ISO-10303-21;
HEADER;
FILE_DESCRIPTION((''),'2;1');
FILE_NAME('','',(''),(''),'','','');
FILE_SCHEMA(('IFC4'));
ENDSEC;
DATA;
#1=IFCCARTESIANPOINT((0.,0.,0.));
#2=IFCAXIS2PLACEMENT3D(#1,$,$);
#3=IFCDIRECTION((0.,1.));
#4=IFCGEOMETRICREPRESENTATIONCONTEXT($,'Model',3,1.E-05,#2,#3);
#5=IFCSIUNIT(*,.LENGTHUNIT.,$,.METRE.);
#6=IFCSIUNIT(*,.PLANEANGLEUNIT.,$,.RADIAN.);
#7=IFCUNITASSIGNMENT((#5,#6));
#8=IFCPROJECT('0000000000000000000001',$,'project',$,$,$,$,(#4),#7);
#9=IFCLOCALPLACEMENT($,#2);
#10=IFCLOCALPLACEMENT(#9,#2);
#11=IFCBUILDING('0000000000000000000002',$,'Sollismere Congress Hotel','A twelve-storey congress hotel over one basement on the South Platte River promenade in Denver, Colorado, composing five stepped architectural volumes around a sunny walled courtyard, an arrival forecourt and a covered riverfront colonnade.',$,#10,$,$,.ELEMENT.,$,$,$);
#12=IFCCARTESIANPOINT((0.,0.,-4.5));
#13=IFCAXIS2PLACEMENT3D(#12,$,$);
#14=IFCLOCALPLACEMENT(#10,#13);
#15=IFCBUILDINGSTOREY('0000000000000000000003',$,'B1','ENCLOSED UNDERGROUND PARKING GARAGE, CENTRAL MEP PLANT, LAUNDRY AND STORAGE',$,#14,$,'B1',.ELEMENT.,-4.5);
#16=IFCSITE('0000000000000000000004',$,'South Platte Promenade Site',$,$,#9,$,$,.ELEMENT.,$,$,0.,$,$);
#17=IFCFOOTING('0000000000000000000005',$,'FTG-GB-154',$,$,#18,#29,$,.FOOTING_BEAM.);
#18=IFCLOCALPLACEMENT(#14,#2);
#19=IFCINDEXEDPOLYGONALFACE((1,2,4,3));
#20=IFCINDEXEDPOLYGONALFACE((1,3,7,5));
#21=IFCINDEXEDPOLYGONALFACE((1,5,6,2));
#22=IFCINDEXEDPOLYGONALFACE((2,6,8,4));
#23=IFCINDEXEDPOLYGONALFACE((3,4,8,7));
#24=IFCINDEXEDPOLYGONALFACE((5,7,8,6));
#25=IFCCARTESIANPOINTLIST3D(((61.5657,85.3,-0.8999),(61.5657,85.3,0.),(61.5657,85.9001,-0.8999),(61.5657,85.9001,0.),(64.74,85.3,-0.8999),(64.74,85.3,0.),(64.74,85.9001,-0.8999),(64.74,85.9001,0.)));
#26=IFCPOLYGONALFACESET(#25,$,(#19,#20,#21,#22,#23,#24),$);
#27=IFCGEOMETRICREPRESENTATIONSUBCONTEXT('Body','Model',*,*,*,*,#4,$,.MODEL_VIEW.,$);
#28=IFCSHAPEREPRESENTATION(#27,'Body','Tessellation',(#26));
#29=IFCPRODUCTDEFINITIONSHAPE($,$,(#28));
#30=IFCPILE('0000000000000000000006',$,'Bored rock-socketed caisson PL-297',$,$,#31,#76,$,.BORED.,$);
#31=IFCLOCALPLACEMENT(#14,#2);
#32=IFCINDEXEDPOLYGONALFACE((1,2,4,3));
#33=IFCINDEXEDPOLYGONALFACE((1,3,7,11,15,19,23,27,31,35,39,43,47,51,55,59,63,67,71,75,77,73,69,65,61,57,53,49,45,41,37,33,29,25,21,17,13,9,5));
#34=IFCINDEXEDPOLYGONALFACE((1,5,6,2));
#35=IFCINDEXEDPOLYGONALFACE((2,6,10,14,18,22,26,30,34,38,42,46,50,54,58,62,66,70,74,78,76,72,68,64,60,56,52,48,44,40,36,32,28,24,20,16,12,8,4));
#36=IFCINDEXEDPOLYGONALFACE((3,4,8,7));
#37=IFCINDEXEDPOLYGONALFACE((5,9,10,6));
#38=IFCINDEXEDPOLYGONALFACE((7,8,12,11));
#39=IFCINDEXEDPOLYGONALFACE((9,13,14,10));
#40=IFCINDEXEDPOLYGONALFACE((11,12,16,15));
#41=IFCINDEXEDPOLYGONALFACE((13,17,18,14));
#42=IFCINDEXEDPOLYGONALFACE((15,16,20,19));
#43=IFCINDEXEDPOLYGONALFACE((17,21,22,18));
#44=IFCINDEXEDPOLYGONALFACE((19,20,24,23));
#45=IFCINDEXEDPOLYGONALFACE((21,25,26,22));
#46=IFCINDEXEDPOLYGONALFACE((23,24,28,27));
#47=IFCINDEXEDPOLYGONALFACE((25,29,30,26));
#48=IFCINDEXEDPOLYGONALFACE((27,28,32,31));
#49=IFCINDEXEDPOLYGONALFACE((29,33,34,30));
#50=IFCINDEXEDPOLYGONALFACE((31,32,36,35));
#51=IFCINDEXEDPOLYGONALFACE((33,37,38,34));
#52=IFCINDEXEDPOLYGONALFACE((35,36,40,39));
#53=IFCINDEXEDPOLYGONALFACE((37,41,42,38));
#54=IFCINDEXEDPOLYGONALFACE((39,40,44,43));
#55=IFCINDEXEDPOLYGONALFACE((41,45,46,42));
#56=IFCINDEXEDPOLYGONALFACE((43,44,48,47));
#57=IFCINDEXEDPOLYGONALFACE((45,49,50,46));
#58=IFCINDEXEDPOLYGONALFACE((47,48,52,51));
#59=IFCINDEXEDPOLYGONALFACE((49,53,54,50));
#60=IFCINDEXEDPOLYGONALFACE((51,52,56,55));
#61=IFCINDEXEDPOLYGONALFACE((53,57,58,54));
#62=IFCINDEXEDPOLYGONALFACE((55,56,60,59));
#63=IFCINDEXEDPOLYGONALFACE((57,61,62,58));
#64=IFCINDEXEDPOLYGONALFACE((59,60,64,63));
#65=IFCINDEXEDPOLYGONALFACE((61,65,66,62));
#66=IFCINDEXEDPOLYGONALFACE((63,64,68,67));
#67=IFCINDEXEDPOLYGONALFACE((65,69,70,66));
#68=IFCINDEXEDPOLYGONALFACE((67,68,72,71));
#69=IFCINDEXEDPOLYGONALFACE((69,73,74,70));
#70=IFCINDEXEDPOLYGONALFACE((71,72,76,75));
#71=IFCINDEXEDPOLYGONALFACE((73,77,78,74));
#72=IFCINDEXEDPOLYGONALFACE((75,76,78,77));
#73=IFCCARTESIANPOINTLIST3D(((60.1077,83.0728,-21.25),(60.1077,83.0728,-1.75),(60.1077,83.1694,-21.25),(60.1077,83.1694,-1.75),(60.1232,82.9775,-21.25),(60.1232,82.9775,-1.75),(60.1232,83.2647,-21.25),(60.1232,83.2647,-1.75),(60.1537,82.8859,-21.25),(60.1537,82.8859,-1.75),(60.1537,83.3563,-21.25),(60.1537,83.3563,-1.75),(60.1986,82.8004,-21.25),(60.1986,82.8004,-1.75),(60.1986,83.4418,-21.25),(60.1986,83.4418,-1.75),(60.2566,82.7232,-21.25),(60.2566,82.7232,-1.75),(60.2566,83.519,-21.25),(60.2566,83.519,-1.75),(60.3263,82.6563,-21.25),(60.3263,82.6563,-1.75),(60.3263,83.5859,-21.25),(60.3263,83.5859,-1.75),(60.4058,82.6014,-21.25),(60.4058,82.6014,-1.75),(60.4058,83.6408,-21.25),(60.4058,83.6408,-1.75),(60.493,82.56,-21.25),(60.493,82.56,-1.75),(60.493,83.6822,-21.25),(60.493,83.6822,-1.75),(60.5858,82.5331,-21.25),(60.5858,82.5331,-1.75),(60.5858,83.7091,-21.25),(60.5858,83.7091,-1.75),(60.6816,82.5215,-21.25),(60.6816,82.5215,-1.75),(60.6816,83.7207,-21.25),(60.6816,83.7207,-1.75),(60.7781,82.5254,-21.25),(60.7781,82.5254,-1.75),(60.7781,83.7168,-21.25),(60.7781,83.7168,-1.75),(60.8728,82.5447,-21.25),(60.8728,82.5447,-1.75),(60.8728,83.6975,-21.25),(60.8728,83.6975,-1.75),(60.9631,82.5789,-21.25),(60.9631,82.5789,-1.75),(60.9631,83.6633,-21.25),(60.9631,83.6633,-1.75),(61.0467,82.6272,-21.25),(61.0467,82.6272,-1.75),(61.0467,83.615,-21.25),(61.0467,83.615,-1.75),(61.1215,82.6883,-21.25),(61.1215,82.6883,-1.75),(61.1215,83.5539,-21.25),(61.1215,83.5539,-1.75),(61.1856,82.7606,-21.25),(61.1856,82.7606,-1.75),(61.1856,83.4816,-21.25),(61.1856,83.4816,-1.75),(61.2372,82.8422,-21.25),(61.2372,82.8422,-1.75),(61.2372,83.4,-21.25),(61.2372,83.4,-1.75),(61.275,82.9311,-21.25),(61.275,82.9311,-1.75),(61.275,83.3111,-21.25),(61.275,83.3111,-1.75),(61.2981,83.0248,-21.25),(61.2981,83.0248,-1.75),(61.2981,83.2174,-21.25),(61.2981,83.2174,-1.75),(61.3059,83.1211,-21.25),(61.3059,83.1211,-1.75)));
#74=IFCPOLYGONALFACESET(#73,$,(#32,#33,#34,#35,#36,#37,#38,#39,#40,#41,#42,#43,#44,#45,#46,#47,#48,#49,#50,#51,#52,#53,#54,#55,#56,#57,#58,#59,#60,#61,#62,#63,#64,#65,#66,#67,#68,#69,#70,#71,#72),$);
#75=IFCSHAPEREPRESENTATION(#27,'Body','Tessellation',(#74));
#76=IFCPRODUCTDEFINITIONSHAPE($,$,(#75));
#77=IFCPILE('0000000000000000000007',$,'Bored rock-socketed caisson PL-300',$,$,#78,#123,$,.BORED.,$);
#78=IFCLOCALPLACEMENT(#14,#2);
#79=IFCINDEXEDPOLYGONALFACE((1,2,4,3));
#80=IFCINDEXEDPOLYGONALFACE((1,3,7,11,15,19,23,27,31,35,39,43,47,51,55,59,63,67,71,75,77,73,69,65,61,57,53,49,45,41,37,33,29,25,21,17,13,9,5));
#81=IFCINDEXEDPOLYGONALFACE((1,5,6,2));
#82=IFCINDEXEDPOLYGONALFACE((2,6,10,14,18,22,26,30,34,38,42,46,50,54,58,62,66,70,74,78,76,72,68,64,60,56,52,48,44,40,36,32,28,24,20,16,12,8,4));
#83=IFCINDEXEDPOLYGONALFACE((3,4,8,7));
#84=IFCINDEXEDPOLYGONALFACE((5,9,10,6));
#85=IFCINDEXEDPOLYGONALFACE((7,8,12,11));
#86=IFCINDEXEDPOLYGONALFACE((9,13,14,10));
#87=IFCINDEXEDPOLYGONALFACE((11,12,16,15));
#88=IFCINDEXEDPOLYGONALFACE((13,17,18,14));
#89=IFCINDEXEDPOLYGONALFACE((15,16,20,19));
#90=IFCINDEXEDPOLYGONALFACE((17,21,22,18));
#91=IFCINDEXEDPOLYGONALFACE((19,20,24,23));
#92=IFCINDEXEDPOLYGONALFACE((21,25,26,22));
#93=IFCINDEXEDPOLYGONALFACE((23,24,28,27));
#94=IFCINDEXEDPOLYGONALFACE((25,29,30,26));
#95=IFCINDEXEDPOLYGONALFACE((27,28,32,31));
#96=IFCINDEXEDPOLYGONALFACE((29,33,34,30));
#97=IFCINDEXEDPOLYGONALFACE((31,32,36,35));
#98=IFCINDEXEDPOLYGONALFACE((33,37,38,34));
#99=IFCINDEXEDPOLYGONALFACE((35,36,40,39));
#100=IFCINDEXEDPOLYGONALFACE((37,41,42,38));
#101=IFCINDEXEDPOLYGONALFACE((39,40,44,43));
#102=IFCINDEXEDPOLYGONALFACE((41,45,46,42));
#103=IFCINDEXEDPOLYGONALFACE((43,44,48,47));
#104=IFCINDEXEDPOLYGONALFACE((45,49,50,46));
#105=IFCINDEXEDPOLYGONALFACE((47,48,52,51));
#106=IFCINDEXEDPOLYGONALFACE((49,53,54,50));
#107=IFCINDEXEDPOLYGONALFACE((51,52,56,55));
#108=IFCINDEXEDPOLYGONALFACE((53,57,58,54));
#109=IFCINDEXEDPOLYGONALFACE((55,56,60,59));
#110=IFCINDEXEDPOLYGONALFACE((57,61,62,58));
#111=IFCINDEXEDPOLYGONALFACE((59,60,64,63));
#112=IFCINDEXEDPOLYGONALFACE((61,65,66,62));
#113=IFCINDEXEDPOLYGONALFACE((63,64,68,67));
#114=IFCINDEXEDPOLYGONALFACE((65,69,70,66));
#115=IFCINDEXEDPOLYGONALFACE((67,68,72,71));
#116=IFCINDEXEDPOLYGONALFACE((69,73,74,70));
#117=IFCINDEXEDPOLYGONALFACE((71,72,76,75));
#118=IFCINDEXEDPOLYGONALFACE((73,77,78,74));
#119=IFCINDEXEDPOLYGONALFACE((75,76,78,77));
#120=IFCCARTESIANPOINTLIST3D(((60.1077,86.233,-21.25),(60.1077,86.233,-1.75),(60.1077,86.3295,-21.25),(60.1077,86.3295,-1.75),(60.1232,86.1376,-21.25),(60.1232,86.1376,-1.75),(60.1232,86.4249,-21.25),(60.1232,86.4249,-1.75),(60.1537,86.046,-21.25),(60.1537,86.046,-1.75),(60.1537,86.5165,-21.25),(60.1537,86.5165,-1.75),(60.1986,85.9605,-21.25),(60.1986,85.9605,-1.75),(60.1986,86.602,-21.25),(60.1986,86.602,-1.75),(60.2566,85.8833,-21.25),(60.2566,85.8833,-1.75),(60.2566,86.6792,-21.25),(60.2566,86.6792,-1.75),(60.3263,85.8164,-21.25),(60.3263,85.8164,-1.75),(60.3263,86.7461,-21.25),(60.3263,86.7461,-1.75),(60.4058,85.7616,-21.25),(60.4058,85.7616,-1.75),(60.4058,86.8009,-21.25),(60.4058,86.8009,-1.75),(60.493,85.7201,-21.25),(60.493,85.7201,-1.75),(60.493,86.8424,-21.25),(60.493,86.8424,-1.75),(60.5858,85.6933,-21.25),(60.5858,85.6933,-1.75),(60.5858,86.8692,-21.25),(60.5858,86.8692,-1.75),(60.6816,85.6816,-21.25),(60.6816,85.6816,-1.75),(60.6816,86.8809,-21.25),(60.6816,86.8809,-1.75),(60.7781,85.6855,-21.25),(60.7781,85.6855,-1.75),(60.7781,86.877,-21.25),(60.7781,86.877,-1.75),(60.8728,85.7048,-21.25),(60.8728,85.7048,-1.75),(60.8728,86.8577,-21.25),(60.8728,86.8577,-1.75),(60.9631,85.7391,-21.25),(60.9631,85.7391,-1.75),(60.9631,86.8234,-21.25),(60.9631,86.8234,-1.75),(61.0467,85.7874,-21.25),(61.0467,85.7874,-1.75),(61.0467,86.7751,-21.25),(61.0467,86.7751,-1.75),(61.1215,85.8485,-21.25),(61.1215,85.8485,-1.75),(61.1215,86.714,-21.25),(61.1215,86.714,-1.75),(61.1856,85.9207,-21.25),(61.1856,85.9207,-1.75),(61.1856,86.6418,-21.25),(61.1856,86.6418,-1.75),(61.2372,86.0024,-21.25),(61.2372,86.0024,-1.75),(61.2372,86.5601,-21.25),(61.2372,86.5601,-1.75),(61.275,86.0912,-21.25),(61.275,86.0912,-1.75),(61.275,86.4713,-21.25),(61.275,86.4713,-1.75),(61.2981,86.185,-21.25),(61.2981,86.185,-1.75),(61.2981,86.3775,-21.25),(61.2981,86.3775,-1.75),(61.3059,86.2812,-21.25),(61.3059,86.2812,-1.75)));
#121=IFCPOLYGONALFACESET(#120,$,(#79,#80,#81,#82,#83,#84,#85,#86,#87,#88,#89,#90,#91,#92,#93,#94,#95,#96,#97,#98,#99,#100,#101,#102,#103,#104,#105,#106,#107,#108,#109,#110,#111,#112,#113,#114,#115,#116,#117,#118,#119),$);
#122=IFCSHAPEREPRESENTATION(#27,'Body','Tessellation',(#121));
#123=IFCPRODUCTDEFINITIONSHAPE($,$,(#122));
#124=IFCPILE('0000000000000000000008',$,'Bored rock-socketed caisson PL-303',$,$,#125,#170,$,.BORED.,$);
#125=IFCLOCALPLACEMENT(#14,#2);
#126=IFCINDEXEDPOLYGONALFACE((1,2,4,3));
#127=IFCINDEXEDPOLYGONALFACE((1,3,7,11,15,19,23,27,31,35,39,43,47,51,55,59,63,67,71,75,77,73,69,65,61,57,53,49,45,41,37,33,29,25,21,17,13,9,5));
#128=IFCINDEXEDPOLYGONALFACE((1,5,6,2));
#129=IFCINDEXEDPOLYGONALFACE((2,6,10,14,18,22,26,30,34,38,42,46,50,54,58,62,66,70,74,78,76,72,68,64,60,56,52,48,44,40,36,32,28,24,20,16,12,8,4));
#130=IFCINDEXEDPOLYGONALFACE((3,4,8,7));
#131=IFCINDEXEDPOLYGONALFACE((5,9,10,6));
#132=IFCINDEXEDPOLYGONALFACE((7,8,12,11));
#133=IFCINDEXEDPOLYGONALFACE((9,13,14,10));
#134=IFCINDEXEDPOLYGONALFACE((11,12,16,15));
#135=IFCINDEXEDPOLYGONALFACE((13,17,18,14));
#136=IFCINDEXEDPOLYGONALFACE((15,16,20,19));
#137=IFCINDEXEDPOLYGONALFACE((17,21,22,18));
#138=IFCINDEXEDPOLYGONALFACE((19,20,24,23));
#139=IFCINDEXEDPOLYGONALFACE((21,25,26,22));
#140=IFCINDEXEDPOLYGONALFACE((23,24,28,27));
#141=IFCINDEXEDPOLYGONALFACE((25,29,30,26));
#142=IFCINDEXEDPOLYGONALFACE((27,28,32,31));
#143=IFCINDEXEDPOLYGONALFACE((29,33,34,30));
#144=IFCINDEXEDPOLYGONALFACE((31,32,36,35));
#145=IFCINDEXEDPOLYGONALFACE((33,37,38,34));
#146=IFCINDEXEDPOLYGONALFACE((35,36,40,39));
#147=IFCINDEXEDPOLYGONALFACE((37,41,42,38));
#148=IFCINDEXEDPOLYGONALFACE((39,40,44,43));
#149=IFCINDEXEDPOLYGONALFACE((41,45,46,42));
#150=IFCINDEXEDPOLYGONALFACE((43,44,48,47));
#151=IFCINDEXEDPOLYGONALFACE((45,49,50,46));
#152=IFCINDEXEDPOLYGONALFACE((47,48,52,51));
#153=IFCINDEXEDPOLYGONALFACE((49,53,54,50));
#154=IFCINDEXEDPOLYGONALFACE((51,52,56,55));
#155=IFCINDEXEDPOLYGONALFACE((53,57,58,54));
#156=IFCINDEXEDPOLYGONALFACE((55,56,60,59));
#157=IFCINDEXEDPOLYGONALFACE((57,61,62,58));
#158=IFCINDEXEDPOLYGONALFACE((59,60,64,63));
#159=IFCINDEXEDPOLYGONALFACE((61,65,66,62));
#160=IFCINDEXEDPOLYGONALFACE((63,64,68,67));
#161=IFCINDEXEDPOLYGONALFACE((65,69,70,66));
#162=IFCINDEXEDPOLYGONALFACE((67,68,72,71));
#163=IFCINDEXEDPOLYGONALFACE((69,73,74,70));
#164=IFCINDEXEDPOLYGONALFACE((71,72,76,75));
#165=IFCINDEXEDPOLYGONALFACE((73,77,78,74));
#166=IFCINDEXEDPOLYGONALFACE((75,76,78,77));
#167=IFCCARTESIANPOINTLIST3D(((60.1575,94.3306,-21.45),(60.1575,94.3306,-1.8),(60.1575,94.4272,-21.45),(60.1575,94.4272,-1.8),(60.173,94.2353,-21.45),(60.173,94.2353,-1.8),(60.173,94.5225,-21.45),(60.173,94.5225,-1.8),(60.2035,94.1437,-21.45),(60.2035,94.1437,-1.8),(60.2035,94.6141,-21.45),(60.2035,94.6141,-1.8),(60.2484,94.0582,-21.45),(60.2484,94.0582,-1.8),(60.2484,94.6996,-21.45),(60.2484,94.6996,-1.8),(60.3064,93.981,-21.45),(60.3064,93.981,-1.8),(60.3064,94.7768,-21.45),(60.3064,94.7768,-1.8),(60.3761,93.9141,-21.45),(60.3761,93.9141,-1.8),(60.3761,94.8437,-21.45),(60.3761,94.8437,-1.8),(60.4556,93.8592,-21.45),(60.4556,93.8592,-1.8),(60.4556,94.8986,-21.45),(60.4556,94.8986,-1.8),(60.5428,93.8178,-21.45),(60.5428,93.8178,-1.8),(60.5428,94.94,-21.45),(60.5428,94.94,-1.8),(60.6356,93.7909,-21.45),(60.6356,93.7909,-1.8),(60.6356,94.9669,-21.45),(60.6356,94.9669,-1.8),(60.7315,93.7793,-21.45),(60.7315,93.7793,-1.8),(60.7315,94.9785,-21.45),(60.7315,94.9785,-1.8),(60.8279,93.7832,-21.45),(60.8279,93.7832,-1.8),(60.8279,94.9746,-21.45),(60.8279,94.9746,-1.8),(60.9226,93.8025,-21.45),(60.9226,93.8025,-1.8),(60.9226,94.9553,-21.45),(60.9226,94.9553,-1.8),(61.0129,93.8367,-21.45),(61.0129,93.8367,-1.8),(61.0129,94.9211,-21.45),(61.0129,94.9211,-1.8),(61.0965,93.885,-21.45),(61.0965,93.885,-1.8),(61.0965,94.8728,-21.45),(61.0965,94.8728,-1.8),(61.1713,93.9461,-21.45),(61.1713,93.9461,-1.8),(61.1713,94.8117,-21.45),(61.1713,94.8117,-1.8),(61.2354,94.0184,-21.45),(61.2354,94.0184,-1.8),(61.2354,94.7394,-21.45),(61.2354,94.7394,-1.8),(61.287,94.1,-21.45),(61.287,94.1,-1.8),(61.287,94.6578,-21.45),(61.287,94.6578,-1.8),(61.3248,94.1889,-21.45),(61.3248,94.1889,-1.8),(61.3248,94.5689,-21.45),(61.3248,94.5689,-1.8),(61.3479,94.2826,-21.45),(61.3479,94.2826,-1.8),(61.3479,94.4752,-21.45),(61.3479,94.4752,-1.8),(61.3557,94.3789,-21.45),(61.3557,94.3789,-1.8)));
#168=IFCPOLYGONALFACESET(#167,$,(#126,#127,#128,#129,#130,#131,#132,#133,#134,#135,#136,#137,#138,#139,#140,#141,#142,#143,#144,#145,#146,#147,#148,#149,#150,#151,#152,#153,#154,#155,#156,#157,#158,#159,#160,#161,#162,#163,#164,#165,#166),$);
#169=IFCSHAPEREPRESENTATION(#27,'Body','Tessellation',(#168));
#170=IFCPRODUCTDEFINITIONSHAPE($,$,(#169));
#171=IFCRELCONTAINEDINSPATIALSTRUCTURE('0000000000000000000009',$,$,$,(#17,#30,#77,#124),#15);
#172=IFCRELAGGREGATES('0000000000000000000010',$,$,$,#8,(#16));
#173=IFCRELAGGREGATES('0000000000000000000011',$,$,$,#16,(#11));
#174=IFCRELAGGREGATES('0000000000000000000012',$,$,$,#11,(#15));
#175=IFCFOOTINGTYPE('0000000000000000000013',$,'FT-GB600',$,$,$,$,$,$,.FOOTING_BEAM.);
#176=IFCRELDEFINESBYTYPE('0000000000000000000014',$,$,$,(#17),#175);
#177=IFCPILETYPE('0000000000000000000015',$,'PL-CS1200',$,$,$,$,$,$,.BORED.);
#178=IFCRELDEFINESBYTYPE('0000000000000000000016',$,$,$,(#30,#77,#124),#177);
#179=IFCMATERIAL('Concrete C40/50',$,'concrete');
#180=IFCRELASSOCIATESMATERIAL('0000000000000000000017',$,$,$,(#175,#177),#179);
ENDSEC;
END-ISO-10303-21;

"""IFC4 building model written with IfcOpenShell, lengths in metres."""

from ifc_helpers import new_model, si_unit, direction, frame, origin, origin_2d, place, context, subcontext, project, spatial, rectangle, circle, extrude, material, material_profile, profile_set, type_object, element, save


model = new_model("IFC4")

# Units and contexts
model_context = context("Model", 3, precision=1e-05, world=origin(), true_north=direction((0.0, 1.0)))
body_context = subcontext(model_context, "Body", "Model", "MODEL_VIEW")
ifc_project = project(units=[si_unit("LENGTHUNIT", "METRE"), si_unit("PLANEANGLEUNIT", "RADIAN")], contexts=[model_context])

# Site, building, storey
site_placement = place(None, origin())
site = spatial("IfcSite", under=ifc_project, at=site_placement, Name="South Platte Promenade Site", CompositionType="ELEMENT", RefElevation=0.0)
building_placement = place(site_placement, origin())
building = spatial("IfcBuilding", under=site, at=building_placement, Name="Sollismere Congress Hotel", Description="A twelve-storey congress hotel over one basement on the South Platte River promenade in Denver, Colorado, composing five stepped architectural volumes around a sunny walled courtyard, an arrival forecourt and a covered riverfront colonnade.", CompositionType="ELEMENT")
storey_placement = place(building_placement, frame((0.0, 0.0, -4.5)))
storey = spatial("IfcBuildingStorey", under=building, at=storey_placement, Name="B1", Description="ENCLOSED UNDERGROUND PARKING GARAGE, CENTRAL MEP PLANT, LAUNDRY AND STORAGE", LongName="B1", CompositionType="ELEMENT", Elevation=-4.5)

# Footing
ifc_material_1 = material(Name="Concrete C40/50", Category="concrete")
footing_type = type_object("IfcFootingType", Name="FT-GB600", PredefinedType="FOOTING_BEAM", material=ifc_material_1)
footing_placement = place(storey_placement, frame((63.1528, 85.6001, -0.8999), z_axis=(0.0, 0.0, 1.0), x_axis=(1.0, 0.0, 0.0)))
element("IfcFooting", 1, at=footing_placement, inside=storey, type_object=footing_type, Name="FTG-GB-154", PredefinedType="FOOTING_BEAM", context=body_context, shape_type="SweptSolid", body=[
    extrude(rectangle(XDim=3.1743, YDim=0.6001, at=origin_2d()), origin(), (0.0, 0.0, 1.0), 0.8999),
])

# Piles
ifc_material_profile_1 = material_profile(ifc_material_1, circle(Radius=0.6001, at=origin_2d()), Name="CAISSON1200")
ifc_profile_set_1 = profile_set([ifc_material_profile_1], Name="Concrete C40/50")
pile_type = type_object("IfcPileType", Name="PL-CS1200", PredefinedType="BORED", material=ifc_profile_set_1)
for number, where, z_axis, x_axis, name in (
    (2, (60.7058, 83.1211, -1.75), (0.0, 0.0, -1.0), (1.0, 0.0, 0.0), "Bored rock-socketed caisson PL-297"),
    (3, (60.7058, 86.2812, -1.75), (0.0, 0.0, -1.0), (1.0, 0.0, 0.0), "Bored rock-socketed caisson PL-300"),
):
    element("IfcPile", number, at=place(storey_placement, frame(where, z_axis=z_axis, x_axis=x_axis)), inside=storey, type_object=pile_type, Name=name, PredefinedType="BORED", context=body_context, shape_type="SweptSolid", body=[
        extrude(circle(Radius=0.6001, at=origin_2d()), origin(), (0.0, 0.0, 1.0), 19.5),
    ])
for number, where, z_axis, x_axis, name in (
    (4, (60.7556, 94.3789, -1.8), (0.0, 0.0, -1.0), (1.0, 0.0, 0.0), "Bored rock-socketed caisson PL-303"),
):
    element("IfcPile", number, at=place(storey_placement, frame(where, z_axis=z_axis, x_axis=x_axis)), inside=storey, type_object=pile_type, Name=name, PredefinedType="BORED", context=body_context, shape_type="SweptSolid", body=[
        extrude(circle(Radius=0.6001, at=origin_2d()), origin(), (0.0, 0.0, 1.0), 19.6499),
    ])

save(model, "model.ifc")
